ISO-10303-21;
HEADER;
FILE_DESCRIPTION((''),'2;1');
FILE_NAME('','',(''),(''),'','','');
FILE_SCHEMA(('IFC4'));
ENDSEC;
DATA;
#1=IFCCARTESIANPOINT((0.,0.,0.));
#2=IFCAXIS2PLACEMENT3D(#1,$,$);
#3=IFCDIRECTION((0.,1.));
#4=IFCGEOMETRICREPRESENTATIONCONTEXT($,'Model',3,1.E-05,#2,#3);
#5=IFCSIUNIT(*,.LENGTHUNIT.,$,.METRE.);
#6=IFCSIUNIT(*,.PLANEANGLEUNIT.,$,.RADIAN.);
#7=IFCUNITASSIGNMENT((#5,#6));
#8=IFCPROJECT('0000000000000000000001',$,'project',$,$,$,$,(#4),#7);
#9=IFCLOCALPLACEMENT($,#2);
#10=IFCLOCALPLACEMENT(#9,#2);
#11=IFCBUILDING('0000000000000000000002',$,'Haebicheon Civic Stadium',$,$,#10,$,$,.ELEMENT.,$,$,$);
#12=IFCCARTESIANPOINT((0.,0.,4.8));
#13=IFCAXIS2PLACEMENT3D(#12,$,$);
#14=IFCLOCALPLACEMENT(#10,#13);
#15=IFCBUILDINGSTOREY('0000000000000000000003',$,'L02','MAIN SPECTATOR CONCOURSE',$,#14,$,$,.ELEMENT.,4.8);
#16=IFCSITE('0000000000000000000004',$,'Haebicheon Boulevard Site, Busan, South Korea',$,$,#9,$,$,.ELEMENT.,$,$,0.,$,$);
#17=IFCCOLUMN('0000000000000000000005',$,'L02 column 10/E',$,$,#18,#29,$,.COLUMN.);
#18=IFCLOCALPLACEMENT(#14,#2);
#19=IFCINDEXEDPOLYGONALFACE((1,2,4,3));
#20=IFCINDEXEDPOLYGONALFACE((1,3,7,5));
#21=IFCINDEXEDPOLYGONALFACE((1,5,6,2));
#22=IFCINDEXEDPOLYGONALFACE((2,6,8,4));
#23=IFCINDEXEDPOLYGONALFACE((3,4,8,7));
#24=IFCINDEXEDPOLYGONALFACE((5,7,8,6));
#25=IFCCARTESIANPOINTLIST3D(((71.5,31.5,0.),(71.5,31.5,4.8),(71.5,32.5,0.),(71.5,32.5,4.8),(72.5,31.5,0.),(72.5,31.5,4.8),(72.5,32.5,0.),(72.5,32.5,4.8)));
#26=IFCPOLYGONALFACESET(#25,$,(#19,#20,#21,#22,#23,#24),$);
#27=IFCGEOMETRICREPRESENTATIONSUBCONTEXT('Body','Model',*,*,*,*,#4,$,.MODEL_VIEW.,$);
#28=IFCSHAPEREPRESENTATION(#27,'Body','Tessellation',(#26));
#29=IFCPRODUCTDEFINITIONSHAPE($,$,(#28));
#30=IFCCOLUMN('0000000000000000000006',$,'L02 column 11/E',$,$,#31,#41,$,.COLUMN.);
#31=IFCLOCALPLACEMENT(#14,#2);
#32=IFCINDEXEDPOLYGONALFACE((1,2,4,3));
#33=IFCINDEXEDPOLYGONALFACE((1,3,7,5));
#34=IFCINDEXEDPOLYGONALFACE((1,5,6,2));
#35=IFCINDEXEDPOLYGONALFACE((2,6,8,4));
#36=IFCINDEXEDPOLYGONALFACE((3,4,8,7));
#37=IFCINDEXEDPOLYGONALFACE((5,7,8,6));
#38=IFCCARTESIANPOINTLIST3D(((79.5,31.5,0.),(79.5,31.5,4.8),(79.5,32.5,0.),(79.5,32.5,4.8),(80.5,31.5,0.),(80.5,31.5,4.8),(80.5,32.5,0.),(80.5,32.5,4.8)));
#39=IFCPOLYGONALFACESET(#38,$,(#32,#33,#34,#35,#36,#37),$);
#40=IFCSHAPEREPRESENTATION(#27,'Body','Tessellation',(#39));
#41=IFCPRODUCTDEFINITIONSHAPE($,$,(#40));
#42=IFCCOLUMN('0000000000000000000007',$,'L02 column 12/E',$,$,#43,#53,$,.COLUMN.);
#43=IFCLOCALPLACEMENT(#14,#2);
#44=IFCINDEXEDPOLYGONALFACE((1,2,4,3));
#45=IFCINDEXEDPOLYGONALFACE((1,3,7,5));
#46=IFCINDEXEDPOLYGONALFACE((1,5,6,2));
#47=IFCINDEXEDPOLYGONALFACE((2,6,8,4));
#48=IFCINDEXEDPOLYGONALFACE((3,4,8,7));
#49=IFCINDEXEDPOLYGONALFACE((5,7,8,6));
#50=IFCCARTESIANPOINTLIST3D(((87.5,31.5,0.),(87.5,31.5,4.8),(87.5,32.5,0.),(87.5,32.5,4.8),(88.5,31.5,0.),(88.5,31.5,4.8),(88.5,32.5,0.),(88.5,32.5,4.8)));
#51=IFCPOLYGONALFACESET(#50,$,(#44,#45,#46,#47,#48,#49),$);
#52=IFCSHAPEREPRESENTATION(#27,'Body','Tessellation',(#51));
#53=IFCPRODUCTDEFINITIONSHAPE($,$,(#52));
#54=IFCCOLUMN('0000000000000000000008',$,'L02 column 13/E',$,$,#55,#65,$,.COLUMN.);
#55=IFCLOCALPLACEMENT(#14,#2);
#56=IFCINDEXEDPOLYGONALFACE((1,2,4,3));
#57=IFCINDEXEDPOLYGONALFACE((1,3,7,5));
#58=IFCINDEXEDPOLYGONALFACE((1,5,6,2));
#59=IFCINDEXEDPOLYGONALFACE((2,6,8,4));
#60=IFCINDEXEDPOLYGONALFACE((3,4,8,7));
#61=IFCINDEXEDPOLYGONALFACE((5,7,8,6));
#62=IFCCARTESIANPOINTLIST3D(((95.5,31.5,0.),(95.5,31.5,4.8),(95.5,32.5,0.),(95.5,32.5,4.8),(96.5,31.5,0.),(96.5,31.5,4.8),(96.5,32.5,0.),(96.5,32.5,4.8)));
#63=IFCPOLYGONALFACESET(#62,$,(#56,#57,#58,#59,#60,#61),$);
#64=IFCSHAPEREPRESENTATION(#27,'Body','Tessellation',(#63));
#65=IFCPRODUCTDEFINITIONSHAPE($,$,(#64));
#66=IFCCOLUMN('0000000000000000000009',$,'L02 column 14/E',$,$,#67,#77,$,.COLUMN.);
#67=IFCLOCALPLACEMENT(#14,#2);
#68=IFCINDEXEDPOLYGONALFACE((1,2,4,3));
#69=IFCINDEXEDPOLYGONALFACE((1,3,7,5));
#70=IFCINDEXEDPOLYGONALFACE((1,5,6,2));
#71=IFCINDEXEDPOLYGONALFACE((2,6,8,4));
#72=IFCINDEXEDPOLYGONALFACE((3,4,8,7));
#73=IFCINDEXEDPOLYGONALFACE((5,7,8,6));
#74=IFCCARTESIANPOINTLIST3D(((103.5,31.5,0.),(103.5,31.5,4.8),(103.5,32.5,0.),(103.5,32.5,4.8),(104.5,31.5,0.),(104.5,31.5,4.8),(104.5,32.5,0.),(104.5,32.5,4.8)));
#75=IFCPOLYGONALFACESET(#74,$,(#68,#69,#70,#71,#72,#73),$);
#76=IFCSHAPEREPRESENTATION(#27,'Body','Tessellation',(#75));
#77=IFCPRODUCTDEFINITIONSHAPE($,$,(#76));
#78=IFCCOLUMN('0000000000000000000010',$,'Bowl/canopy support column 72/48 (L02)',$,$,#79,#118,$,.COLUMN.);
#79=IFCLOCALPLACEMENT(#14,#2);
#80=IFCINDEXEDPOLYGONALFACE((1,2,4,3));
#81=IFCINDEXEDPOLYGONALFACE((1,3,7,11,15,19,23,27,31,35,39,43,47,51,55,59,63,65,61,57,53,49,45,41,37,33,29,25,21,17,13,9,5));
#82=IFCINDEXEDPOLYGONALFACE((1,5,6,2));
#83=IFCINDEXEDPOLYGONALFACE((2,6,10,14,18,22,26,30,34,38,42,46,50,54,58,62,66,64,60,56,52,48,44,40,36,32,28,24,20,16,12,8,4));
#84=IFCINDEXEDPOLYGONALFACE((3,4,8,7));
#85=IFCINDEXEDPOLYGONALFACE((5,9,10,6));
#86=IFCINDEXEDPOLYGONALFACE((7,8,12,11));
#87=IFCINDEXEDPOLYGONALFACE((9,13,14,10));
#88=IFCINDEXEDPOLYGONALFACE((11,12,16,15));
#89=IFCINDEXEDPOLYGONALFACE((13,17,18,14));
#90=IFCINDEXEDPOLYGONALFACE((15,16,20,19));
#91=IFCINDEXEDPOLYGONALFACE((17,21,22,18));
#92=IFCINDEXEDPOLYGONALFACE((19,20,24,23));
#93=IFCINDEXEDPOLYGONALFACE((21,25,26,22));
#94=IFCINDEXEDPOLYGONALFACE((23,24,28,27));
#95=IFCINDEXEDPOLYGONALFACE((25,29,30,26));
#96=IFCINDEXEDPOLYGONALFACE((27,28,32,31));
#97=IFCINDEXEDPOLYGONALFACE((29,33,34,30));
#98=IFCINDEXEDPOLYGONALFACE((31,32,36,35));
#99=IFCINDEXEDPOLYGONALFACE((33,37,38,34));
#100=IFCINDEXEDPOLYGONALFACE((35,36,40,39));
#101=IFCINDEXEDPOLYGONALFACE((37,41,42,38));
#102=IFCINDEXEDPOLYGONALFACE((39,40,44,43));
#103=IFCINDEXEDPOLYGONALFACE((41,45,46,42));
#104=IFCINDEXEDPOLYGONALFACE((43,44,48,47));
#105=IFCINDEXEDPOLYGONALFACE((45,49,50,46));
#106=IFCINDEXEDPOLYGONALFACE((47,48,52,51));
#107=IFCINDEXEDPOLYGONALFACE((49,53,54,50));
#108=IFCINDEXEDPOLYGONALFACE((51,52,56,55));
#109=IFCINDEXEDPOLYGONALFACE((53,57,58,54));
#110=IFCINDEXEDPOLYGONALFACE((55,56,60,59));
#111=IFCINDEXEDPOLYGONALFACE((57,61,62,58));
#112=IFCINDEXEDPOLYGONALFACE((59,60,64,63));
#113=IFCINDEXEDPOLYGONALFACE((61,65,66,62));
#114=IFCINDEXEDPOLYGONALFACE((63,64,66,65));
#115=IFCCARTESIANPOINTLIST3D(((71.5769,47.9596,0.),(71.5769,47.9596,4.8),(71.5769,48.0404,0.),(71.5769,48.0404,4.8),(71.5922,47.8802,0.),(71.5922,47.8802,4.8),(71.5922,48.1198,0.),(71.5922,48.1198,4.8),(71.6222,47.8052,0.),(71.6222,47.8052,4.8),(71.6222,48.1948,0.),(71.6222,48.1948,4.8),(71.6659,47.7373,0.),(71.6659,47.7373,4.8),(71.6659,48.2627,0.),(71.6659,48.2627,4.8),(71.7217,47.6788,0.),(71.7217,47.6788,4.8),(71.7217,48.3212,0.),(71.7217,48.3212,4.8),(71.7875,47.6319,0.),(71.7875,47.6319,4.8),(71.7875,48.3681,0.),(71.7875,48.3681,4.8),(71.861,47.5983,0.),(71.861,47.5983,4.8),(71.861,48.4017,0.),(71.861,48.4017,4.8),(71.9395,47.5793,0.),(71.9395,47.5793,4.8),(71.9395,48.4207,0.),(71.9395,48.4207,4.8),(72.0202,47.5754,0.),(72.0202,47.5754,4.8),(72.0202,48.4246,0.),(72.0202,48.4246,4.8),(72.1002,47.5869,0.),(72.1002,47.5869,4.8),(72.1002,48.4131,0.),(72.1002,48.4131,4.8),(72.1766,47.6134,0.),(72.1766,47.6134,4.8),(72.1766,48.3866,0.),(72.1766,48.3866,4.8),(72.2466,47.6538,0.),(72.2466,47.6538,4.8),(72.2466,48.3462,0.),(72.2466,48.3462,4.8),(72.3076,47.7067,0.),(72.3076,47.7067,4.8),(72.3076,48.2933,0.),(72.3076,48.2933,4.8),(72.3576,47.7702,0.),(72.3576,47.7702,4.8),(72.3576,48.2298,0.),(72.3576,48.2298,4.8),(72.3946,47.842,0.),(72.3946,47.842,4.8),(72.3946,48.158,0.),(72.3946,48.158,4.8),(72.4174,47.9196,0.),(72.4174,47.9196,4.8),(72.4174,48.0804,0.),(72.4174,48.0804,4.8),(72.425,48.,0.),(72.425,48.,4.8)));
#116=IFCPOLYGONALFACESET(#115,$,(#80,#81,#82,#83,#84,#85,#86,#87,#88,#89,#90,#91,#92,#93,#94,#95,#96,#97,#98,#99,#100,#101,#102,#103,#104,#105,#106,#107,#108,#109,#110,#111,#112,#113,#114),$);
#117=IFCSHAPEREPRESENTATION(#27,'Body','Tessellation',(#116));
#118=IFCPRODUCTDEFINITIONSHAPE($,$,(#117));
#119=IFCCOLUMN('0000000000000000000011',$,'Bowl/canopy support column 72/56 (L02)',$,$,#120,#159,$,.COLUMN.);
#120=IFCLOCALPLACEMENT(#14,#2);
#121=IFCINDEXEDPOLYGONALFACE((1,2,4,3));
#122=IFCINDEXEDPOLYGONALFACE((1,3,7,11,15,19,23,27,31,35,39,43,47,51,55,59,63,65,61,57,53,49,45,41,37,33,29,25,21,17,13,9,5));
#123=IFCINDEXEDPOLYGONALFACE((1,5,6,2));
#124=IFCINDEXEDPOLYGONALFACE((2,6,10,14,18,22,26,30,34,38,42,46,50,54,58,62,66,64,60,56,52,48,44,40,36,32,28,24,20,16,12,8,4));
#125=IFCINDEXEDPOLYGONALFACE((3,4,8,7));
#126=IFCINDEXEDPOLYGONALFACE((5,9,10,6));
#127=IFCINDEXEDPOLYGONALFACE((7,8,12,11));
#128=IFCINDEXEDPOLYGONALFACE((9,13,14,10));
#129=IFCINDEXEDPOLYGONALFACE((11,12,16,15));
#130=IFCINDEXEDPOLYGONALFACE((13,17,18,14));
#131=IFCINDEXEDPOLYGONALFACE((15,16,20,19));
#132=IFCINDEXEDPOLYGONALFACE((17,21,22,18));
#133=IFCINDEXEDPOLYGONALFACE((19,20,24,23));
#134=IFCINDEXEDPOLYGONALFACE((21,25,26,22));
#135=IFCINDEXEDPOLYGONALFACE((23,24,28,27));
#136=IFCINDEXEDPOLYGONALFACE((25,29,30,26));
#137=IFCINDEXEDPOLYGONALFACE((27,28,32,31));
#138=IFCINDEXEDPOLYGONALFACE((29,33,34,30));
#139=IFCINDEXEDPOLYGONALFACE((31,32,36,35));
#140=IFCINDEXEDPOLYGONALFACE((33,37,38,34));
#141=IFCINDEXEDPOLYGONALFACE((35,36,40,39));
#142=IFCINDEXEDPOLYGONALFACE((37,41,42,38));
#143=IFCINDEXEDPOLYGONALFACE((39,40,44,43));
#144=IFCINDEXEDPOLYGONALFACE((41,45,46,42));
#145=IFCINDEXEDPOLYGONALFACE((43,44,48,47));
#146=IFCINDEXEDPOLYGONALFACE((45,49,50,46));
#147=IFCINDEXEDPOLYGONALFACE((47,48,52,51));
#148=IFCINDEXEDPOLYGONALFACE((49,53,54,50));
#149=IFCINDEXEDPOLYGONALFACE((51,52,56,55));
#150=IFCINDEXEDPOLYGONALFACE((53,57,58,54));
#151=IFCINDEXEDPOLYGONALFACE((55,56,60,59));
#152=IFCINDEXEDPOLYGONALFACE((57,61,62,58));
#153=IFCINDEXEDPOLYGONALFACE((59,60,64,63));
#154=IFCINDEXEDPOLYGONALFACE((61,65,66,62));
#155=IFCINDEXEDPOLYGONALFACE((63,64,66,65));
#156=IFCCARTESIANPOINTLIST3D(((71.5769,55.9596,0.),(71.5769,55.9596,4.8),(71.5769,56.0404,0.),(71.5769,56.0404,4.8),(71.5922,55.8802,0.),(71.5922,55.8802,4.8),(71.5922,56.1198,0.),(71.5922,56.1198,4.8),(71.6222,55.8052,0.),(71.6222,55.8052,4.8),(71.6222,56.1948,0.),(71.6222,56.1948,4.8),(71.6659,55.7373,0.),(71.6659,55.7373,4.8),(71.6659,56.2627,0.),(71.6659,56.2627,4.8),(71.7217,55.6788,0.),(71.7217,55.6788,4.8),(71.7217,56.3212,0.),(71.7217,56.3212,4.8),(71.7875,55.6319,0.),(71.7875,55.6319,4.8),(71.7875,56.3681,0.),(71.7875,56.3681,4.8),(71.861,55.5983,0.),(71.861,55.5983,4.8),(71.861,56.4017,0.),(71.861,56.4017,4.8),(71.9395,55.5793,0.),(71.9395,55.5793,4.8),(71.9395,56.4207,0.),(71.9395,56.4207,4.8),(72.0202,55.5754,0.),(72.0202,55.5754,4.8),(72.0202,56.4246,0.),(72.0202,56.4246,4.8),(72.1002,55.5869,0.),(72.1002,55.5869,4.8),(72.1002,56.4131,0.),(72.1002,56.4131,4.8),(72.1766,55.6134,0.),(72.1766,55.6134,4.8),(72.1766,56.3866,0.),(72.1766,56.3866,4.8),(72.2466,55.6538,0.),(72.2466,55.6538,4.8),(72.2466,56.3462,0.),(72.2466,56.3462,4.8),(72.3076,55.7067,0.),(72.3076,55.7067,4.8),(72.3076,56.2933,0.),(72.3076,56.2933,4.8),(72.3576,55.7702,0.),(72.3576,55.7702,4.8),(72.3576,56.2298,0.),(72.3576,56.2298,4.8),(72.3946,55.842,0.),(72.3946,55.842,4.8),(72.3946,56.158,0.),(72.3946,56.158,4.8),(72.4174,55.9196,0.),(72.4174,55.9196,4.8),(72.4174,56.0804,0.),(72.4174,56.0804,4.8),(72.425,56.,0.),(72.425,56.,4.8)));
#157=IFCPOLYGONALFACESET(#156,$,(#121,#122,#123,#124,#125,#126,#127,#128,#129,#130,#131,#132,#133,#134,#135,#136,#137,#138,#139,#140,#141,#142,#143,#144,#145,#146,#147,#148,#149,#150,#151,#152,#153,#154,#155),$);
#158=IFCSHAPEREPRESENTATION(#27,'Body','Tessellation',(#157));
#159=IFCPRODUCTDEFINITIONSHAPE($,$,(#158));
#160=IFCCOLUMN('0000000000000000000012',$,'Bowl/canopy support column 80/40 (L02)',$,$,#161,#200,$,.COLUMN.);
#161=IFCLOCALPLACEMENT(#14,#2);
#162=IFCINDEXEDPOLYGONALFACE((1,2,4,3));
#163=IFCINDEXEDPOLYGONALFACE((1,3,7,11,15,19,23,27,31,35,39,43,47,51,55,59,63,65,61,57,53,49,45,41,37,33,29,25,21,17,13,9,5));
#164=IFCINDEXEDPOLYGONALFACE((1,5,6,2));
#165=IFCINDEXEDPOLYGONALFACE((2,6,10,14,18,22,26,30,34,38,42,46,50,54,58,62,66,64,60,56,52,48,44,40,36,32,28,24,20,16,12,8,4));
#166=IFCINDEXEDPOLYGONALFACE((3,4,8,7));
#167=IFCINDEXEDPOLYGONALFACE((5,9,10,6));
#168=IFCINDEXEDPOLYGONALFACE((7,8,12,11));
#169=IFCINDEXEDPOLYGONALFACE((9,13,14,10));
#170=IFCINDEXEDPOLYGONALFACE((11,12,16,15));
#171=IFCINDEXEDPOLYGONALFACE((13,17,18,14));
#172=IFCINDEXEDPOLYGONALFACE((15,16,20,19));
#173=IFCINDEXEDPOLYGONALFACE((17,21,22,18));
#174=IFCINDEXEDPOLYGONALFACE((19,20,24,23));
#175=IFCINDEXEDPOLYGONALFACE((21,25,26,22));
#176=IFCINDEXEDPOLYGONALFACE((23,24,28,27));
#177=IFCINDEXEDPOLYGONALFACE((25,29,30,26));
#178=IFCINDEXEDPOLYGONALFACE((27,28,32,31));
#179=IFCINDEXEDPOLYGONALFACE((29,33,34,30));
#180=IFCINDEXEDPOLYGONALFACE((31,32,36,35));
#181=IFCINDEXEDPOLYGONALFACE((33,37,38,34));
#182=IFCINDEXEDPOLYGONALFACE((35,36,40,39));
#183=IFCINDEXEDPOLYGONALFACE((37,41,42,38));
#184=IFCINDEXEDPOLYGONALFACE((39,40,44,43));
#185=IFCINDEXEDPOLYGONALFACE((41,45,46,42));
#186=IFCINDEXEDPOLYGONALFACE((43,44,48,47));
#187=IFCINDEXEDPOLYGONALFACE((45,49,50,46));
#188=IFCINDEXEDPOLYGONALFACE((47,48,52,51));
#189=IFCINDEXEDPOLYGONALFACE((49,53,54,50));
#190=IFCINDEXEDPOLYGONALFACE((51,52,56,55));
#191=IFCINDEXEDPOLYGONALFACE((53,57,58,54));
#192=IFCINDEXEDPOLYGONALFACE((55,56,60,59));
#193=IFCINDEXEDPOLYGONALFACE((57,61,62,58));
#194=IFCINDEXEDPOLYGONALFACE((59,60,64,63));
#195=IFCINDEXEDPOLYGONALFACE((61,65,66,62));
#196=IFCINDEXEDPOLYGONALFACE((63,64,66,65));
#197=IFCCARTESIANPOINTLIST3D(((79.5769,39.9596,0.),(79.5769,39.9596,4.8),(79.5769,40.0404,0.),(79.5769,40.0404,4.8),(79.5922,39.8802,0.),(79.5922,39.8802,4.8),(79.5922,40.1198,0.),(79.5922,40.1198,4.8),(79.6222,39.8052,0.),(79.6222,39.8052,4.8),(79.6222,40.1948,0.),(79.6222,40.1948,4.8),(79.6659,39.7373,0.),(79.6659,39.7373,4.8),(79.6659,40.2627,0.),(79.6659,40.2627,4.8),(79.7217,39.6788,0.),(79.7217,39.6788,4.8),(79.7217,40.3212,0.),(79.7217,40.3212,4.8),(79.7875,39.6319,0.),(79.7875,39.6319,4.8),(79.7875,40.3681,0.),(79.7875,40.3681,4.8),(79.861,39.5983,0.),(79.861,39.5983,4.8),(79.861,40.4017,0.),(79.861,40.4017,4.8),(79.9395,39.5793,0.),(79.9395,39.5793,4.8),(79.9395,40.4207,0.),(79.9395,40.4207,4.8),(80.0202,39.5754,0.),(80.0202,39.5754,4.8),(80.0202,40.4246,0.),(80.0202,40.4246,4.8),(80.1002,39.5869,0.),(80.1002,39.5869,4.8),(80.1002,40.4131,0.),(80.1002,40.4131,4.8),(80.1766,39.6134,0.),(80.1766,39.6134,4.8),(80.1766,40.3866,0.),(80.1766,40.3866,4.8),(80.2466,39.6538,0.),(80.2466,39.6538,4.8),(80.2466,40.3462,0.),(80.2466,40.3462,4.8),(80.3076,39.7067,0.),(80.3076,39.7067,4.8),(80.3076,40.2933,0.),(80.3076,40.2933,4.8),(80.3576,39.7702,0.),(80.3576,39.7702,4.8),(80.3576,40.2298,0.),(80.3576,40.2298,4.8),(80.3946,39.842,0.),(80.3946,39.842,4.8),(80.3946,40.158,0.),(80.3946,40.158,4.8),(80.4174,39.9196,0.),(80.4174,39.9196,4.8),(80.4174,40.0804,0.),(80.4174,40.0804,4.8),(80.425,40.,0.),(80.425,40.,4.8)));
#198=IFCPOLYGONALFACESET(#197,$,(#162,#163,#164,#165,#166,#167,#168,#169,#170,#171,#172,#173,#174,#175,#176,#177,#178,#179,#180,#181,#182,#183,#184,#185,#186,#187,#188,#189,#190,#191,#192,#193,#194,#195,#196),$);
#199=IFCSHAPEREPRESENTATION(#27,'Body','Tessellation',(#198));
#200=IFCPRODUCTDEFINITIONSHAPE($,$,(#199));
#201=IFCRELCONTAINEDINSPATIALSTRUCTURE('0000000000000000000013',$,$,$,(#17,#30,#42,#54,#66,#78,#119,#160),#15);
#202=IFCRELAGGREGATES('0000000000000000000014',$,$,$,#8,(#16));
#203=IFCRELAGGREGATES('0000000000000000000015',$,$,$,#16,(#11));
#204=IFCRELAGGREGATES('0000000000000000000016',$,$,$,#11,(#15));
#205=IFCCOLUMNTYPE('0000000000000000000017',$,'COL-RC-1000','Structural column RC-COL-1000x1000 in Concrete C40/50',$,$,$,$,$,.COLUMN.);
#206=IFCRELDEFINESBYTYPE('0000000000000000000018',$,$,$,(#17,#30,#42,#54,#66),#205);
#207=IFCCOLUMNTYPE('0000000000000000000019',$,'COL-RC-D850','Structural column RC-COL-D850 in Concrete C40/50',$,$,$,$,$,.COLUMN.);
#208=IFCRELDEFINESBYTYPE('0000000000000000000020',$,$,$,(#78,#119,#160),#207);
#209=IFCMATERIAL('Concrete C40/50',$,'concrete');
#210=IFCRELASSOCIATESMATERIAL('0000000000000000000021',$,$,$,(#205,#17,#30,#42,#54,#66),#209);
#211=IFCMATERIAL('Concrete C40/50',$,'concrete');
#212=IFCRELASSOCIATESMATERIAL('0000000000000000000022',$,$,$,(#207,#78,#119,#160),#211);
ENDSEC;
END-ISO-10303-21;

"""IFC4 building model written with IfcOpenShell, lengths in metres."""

from ifc_helpers import new_model, si_unit, direction, frame, origin, origin_2d, place, context, subcontext, project, spatial, rectangle, circle, extrude, material, material_profile, profile_set, type_object, element, save


model = new_model("IFC4")

# Units and contexts
model_context = context("Model", 3, precision=1e-05, world=origin(), true_north=direction((0.0, 1.0)))
body_context = subcontext(model_context, "Body", "Model", "MODEL_VIEW")
ifc_project = project(units=[si_unit("LENGTHUNIT", "METRE"), si_unit("PLANEANGLEUNIT", "RADIAN")], contexts=[model_context])

# Site, building, storey
site_placement = place(None, origin())
site = spatial("IfcSite", under=ifc_project, at=site_placement, Name="Haebicheon Boulevard Site, Busan, South Korea", CompositionType="ELEMENT", RefElevation=0.0)
building_placement = place(site_placement, origin())
building = spatial("IfcBuilding", under=site, at=building_placement, Name="Haebicheon Civic Stadium", CompositionType="ELEMENT")
storey_placement = place(building_placement, frame((0.0, 0.0, 4.8)))
storey = spatial("IfcBuildingStorey", under=building, at=storey_placement, Name="L02", Description="MAIN SPECTATOR CONCOURSE", CompositionType="ELEMENT", Elevation=4.8)

# Columns
ifc_material_1 = material(Name="Concrete C40/50", Category="concrete")
ifc_material_profile_1 = material_profile(ifc_material_1, rectangle(XDim=1.0, YDim=1.0, at=origin_2d()), Name="RC-COL-1000x1000")
ifc_profile_set_1 = profile_set([ifc_material_profile_1], Name="Concrete C40/50")
column_type_1 = type_object("IfcColumnType", Name="COL-RC-1000", Description="Structural column RC-COL-1000x1000 in Concrete C40/50", PredefinedType="COLUMN", material=ifc_profile_set_1)
for number, where, z_axis, x_axis, name in (
    (1, (72.0, 32.0, 0.0), (0.0, 0.0, 1.0), (1.0, 0.0, 0.0), "L02 column 10/E"),
    (2, (80.0, 32.0, 0.0), (0.0, 0.0, 1.0), (1.0, 0.0, 0.0), "L02 column 11/E"),
    (3, (88.0, 32.0, 0.0), (0.0, 0.0, 1.0), (1.0, 0.0, 0.0), "L02 column 12/E"),
    (4, (96.0, 32.0, 0.0), (0.0, 0.0, 1.0), (1.0, 0.0, 0.0), "L02 column 13/E"),
    (5, (104.0, 32.0, 0.0), (0.0, 0.0, 1.0), (1.0, 0.0, 0.0), "L02 column 14/E"),
):
    element("IfcColumn", number, at=place(storey_placement, frame(where, z_axis=z_axis, x_axis=x_axis)), inside=storey, type_object=column_type_1, material=ifc_profile_set_1, Name=name, PredefinedType="COLUMN", context=body_context, shape_type="SweptSolid", body=[
        extrude(rectangle(XDim=1.0, YDim=1.0, at=origin_2d()), origin(), (0.0, 0.0, 1.0), 4.8),
    ])
ifc_material_2 = material(Name="Concrete C40/50", Category="concrete")
ifc_material_profile_2 = material_profile(ifc_material_2, circle(Radius=0.425, at=origin_2d()), Name="RC-COL-D850")
ifc_profile_set_2 = profile_set([ifc_material_profile_2], Name="Concrete C40/50")
column_type_2 = type_object("IfcColumnType", Name="COL-RC-D850", Description="Structural column RC-COL-D850 in Concrete C40/50", PredefinedType="COLUMN", material=ifc_profile_set_2)
for number, where, z_axis, x_axis, name in (
    (6, (72.0, 48.0, 0.0), (0.0, 0.0, 1.0), (1.0, 0.0, 0.0), "Bowl/canopy support column 72/48 (L02)"),
    (7, (72.0, 56.0, 0.0), (0.0, 0.0, 1.0), (1.0, 0.0, 0.0), "Bowl/canopy support column 72/56 (L02)"),
    (8, (80.0, 40.0, 0.0), (0.0, 0.0, 1.0), (1.0, 0.0, 0.0), "Bowl/canopy support column 80/40 (L02)"),
):
    element("IfcColumn", number, at=place(storey_placement, frame(where, z_axis=z_axis, x_axis=x_axis)), inside=storey, type_object=column_type_2, material=ifc_profile_set_2, Name=name, PredefinedType="COLUMN", context=body_context, shape_type="SweptSolid", body=[
        extrude(circle(Radius=0.425, at=origin_2d()), origin(), (0.0, 0.0, 1.0), 4.8),
    ])

save(model, "model.ifc")
